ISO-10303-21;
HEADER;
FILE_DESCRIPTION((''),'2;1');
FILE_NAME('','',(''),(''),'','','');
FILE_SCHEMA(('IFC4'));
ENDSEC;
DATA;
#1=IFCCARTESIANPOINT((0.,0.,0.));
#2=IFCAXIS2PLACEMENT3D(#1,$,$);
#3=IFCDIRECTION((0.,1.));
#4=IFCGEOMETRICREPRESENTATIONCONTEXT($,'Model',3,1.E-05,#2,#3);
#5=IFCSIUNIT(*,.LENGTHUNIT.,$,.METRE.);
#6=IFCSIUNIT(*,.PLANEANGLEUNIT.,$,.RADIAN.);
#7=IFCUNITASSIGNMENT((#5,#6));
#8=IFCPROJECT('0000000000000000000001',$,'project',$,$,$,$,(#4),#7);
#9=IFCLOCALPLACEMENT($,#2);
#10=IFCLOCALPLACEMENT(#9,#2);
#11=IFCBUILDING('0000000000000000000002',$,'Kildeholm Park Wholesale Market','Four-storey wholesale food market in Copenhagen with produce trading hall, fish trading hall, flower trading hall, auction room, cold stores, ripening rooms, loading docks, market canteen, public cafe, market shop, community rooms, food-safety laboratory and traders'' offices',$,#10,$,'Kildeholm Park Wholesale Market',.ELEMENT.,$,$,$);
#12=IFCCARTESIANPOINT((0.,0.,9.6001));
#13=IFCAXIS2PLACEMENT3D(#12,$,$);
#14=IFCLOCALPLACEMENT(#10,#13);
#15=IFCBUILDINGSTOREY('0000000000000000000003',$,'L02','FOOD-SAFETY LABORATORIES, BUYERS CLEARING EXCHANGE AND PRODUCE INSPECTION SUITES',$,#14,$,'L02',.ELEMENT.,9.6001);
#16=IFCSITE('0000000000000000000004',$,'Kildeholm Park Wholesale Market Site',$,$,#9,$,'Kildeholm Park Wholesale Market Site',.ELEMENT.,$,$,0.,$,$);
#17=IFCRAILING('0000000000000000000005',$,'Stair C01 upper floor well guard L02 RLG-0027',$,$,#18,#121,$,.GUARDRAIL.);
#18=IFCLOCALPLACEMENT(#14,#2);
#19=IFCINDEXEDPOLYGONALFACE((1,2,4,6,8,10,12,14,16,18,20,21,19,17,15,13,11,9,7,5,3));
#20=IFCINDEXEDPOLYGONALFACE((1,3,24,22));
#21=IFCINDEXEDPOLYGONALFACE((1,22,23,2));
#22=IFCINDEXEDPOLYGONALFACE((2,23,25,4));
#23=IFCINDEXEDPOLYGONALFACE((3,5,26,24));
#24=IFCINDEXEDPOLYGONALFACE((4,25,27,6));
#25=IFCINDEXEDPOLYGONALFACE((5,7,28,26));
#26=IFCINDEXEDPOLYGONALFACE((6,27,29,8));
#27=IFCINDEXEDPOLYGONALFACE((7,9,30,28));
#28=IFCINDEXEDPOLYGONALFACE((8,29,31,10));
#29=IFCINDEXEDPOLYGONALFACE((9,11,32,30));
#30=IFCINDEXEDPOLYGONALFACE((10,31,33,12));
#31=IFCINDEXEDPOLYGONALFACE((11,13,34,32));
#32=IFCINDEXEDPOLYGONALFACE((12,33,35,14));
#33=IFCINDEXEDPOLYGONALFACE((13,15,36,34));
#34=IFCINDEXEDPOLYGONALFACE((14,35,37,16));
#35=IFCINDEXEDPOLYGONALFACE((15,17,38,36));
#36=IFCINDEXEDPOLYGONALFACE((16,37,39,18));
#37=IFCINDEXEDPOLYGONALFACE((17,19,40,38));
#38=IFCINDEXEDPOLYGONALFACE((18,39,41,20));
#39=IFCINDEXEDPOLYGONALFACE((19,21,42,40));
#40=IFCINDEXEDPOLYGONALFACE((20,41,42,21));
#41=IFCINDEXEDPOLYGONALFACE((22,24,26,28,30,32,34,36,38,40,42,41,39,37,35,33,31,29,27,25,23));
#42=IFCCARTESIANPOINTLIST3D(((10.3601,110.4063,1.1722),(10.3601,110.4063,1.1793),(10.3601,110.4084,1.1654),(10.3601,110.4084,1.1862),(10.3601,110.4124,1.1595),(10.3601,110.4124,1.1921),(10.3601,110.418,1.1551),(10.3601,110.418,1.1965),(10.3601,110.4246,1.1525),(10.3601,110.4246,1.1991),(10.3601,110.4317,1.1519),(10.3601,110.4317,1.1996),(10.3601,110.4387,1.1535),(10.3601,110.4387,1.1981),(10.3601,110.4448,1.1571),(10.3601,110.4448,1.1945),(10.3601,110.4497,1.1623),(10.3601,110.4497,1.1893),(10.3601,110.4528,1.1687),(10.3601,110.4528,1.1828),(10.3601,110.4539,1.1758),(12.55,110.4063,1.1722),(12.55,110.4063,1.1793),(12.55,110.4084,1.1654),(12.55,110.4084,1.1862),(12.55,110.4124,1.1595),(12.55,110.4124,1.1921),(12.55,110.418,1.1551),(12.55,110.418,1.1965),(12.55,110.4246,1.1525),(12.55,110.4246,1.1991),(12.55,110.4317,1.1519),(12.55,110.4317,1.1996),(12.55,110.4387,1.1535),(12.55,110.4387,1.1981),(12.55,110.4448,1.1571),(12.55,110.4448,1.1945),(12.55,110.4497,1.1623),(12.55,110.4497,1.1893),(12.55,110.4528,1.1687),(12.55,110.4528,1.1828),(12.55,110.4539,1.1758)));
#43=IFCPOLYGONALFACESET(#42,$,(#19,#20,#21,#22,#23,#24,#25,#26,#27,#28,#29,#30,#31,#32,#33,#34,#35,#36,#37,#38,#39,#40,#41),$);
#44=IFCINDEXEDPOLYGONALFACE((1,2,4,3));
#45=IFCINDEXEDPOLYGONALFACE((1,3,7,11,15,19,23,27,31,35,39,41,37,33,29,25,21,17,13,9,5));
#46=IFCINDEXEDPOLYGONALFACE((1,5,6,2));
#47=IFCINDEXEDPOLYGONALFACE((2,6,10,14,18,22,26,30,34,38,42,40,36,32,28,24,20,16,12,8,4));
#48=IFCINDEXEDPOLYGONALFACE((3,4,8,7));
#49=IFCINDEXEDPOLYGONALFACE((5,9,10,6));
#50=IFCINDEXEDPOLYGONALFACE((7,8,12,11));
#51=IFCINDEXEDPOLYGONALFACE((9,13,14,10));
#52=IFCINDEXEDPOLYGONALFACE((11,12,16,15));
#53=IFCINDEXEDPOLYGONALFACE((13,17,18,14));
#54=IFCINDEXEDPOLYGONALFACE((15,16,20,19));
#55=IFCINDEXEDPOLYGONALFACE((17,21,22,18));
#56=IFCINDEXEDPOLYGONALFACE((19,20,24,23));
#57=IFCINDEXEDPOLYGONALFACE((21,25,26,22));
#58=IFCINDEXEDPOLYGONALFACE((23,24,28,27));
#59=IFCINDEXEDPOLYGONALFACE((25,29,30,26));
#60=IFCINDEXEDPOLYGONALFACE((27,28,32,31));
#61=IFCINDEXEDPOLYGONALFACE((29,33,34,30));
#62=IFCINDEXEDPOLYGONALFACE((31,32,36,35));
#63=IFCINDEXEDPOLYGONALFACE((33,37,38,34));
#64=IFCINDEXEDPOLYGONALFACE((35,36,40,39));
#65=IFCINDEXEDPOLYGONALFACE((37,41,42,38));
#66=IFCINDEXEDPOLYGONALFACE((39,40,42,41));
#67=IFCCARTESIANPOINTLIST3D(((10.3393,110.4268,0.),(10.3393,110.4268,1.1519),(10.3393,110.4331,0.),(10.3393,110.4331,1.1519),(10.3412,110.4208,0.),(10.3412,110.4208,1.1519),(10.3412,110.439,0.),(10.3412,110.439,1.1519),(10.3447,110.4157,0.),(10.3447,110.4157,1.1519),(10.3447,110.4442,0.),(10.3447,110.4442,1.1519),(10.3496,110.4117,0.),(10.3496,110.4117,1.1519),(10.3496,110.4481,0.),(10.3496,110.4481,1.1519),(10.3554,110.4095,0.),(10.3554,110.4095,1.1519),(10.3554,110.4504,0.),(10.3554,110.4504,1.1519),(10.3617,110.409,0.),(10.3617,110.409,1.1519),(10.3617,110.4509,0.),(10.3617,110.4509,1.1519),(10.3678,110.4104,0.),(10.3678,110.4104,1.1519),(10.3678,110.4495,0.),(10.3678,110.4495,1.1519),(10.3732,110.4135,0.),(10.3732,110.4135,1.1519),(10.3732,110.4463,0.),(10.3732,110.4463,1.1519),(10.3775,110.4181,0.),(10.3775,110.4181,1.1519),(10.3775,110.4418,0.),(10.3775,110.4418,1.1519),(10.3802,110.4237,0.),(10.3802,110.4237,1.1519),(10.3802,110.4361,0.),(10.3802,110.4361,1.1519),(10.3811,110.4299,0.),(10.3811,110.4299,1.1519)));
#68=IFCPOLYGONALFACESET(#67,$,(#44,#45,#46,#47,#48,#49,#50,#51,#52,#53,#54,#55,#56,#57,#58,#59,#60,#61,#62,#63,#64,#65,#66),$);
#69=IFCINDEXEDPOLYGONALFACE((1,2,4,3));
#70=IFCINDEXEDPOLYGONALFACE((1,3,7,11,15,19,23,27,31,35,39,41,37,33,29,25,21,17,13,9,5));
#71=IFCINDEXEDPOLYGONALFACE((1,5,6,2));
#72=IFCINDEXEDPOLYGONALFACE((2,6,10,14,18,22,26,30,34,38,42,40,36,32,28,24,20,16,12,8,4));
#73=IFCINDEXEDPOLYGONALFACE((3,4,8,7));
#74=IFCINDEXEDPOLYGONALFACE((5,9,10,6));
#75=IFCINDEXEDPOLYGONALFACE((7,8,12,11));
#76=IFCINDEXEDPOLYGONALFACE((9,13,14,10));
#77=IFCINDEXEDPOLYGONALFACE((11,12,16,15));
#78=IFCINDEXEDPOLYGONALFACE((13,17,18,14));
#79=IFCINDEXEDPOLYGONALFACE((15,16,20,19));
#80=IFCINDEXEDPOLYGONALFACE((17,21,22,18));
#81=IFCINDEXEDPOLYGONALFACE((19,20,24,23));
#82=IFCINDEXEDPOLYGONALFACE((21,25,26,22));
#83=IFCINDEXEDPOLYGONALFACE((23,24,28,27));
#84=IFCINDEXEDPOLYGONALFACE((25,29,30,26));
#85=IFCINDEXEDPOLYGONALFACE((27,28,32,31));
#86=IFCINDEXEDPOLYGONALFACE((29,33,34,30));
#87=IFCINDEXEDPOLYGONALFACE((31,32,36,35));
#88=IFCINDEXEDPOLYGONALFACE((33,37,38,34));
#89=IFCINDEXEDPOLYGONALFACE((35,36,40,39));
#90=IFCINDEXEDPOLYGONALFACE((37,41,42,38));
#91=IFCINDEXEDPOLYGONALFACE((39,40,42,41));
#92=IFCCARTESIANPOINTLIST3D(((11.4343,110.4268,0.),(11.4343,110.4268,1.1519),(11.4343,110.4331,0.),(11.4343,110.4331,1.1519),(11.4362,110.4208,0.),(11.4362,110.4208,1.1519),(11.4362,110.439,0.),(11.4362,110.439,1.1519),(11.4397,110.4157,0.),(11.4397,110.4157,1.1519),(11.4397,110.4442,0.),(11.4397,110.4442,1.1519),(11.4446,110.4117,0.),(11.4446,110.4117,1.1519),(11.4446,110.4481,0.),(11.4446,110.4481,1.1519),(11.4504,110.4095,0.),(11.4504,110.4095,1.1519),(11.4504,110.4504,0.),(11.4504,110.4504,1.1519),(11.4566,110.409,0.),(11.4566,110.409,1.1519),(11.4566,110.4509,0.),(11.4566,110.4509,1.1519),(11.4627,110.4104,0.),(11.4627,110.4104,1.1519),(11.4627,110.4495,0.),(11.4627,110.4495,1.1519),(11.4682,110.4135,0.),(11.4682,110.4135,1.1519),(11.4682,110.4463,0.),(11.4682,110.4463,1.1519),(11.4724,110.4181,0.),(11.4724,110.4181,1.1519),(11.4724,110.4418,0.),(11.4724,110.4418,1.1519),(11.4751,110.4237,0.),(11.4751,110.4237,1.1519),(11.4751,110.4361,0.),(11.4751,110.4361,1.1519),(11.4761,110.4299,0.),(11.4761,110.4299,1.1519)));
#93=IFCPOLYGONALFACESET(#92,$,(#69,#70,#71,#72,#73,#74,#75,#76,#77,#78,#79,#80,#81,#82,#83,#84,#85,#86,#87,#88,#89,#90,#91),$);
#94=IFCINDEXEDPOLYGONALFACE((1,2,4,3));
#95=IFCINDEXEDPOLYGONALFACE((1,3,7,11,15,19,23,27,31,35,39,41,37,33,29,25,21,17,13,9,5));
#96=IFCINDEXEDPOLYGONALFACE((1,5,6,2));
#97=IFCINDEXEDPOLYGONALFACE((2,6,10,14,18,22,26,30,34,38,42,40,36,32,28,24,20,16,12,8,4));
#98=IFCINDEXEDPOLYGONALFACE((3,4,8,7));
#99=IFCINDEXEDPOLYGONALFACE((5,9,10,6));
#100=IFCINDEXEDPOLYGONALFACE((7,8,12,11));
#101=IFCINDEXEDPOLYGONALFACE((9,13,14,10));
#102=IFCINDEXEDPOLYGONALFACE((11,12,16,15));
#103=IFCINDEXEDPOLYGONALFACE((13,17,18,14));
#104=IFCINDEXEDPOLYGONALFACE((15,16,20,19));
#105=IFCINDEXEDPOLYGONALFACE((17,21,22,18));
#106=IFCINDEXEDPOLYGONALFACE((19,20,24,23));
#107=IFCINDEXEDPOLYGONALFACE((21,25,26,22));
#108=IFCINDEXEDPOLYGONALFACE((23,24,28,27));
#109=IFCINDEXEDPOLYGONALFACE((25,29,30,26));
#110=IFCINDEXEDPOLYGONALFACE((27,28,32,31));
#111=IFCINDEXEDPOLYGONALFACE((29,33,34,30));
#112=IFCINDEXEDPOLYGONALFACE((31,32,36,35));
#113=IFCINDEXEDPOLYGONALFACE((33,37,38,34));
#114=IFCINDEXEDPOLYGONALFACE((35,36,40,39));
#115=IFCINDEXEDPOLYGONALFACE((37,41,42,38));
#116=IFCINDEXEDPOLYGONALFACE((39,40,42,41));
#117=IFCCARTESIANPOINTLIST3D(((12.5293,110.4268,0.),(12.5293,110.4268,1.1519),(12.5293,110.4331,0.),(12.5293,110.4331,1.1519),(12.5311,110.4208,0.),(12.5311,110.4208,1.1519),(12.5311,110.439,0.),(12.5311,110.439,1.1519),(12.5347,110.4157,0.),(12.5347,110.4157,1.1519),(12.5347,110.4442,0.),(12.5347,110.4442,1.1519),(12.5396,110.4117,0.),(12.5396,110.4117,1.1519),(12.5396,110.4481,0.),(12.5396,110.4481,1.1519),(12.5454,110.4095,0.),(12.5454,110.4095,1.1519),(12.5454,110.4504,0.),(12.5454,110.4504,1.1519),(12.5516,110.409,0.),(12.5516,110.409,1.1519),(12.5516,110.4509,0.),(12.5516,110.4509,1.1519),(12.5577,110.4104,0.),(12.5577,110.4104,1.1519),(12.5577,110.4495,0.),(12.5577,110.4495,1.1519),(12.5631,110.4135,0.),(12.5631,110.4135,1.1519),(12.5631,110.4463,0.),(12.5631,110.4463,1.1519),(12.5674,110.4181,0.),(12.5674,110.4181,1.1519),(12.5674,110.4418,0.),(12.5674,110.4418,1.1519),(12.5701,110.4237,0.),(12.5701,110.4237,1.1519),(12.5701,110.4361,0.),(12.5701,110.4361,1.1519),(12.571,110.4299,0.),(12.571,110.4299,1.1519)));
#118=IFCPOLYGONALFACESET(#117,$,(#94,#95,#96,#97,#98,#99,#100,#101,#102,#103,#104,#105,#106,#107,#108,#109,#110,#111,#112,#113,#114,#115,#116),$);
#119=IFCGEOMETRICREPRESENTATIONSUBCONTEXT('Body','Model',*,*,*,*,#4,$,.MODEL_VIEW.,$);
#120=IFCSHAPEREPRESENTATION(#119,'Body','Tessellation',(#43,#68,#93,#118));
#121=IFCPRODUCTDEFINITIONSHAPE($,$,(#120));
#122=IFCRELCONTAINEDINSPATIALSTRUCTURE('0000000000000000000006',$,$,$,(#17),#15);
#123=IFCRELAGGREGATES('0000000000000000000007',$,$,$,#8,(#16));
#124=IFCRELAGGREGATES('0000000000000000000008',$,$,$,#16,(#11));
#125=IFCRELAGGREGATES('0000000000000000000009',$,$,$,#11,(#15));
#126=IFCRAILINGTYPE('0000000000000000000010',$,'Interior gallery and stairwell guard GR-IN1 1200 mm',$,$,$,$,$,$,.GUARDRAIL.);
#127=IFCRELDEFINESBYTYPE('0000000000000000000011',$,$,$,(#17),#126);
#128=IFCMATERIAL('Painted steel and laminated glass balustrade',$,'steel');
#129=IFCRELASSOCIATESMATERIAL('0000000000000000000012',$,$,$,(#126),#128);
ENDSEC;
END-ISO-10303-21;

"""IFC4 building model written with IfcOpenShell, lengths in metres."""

from ifc_helpers import new_model, si_unit, direction, frame, origin, origin_2d, place, context, subcontext, project, spatial, circle, extrude, material, type_object, element, save


model = new_model("IFC4")

# Units and contexts
model_context = context("Model", 3, precision=1e-05, world=origin(), true_north=direction((0.0, 1.0)))
body_context = subcontext(model_context, "Body", "Model", "MODEL_VIEW")
ifc_project = project(units=[si_unit("LENGTHUNIT", "METRE"), si_unit("PLANEANGLEUNIT", "RADIAN")], contexts=[model_context])

# Site, building, storey
site_placement = place(None, origin())
site = spatial("IfcSite", under=ifc_project, at=site_placement, Name="Kildeholm Park Wholesale Market Site", LongName="Kildeholm Park Wholesale Market Site", CompositionType="ELEMENT", RefElevation=0.0)
building_placement = place(site_placement, origin())
building = spatial("IfcBuilding", under=site, at=building_placement, Name="Kildeholm Park Wholesale Market", Description="Four-storey wholesale food market in Copenhagen with produce trading hall, fish trading hall, flower trading hall, auction room, cold stores, ripening rooms, loading docks, market canteen, public cafe, market shop, community rooms, food-safety laboratory and traders' offices", LongName="Kildeholm Park Wholesale Market", CompositionType="ELEMENT")
storey_placement = place(building_placement, frame((0.0, 0.0, 9.6001)))
storey = spatial("IfcBuildingStorey", under=building, at=storey_placement, Name="L02", Description="FOOD-SAFETY LABORATORIES, BUYERS CLEARING EXCHANGE AND PRODUCE INSPECTION SUITES", LongName="L02", CompositionType="ELEMENT", Elevation=9.6001)

# Railing
ifc_material_1 = material(Name="Painted steel and laminated glass balustrade", Category="steel")
railing_type = type_object("IfcRailingType", Name="Interior gallery and stairwell guard GR-IN1 1200 mm", PredefinedType="GUARDRAIL", material=ifc_material_1)
railing_placement = place(storey_placement, frame((10.3601, 110.4299, 0.0)))
element("IfcRailing", 1, at=railing_placement, inside=storey, type_object=railing_type, Name="Stair C01 upper floor well guard L02 RLG-0027", PredefinedType="GUARDRAIL", context=body_context, shape_type="SweptSolid", body=[
    extrude(circle(Radius=0.0239, at=origin_2d()), frame((0.0, 0.0, 1.1758), z_axis=(1.0, 0.0, 0.0), x_axis=(0.0, 1.0, 0.0)), (0.0, 0.0, 1.0), 2.1899),
    extrude(circle(Radius=0.021, at=origin_2d()), origin(), (0.0, 0.0, 1.0), 1.1519),
    extrude(circle(Radius=0.021, at=origin_2d()), frame((1.095, 0.0, 0.0)), (0.0, 0.0, 1.0), 1.1519),
    extrude(circle(Radius=0.021, at=origin_2d()), frame((2.1899, 0.0, 0.0)), (0.0, 0.0, 1.0), 1.1519),
])

save(model, "model.ifc")
